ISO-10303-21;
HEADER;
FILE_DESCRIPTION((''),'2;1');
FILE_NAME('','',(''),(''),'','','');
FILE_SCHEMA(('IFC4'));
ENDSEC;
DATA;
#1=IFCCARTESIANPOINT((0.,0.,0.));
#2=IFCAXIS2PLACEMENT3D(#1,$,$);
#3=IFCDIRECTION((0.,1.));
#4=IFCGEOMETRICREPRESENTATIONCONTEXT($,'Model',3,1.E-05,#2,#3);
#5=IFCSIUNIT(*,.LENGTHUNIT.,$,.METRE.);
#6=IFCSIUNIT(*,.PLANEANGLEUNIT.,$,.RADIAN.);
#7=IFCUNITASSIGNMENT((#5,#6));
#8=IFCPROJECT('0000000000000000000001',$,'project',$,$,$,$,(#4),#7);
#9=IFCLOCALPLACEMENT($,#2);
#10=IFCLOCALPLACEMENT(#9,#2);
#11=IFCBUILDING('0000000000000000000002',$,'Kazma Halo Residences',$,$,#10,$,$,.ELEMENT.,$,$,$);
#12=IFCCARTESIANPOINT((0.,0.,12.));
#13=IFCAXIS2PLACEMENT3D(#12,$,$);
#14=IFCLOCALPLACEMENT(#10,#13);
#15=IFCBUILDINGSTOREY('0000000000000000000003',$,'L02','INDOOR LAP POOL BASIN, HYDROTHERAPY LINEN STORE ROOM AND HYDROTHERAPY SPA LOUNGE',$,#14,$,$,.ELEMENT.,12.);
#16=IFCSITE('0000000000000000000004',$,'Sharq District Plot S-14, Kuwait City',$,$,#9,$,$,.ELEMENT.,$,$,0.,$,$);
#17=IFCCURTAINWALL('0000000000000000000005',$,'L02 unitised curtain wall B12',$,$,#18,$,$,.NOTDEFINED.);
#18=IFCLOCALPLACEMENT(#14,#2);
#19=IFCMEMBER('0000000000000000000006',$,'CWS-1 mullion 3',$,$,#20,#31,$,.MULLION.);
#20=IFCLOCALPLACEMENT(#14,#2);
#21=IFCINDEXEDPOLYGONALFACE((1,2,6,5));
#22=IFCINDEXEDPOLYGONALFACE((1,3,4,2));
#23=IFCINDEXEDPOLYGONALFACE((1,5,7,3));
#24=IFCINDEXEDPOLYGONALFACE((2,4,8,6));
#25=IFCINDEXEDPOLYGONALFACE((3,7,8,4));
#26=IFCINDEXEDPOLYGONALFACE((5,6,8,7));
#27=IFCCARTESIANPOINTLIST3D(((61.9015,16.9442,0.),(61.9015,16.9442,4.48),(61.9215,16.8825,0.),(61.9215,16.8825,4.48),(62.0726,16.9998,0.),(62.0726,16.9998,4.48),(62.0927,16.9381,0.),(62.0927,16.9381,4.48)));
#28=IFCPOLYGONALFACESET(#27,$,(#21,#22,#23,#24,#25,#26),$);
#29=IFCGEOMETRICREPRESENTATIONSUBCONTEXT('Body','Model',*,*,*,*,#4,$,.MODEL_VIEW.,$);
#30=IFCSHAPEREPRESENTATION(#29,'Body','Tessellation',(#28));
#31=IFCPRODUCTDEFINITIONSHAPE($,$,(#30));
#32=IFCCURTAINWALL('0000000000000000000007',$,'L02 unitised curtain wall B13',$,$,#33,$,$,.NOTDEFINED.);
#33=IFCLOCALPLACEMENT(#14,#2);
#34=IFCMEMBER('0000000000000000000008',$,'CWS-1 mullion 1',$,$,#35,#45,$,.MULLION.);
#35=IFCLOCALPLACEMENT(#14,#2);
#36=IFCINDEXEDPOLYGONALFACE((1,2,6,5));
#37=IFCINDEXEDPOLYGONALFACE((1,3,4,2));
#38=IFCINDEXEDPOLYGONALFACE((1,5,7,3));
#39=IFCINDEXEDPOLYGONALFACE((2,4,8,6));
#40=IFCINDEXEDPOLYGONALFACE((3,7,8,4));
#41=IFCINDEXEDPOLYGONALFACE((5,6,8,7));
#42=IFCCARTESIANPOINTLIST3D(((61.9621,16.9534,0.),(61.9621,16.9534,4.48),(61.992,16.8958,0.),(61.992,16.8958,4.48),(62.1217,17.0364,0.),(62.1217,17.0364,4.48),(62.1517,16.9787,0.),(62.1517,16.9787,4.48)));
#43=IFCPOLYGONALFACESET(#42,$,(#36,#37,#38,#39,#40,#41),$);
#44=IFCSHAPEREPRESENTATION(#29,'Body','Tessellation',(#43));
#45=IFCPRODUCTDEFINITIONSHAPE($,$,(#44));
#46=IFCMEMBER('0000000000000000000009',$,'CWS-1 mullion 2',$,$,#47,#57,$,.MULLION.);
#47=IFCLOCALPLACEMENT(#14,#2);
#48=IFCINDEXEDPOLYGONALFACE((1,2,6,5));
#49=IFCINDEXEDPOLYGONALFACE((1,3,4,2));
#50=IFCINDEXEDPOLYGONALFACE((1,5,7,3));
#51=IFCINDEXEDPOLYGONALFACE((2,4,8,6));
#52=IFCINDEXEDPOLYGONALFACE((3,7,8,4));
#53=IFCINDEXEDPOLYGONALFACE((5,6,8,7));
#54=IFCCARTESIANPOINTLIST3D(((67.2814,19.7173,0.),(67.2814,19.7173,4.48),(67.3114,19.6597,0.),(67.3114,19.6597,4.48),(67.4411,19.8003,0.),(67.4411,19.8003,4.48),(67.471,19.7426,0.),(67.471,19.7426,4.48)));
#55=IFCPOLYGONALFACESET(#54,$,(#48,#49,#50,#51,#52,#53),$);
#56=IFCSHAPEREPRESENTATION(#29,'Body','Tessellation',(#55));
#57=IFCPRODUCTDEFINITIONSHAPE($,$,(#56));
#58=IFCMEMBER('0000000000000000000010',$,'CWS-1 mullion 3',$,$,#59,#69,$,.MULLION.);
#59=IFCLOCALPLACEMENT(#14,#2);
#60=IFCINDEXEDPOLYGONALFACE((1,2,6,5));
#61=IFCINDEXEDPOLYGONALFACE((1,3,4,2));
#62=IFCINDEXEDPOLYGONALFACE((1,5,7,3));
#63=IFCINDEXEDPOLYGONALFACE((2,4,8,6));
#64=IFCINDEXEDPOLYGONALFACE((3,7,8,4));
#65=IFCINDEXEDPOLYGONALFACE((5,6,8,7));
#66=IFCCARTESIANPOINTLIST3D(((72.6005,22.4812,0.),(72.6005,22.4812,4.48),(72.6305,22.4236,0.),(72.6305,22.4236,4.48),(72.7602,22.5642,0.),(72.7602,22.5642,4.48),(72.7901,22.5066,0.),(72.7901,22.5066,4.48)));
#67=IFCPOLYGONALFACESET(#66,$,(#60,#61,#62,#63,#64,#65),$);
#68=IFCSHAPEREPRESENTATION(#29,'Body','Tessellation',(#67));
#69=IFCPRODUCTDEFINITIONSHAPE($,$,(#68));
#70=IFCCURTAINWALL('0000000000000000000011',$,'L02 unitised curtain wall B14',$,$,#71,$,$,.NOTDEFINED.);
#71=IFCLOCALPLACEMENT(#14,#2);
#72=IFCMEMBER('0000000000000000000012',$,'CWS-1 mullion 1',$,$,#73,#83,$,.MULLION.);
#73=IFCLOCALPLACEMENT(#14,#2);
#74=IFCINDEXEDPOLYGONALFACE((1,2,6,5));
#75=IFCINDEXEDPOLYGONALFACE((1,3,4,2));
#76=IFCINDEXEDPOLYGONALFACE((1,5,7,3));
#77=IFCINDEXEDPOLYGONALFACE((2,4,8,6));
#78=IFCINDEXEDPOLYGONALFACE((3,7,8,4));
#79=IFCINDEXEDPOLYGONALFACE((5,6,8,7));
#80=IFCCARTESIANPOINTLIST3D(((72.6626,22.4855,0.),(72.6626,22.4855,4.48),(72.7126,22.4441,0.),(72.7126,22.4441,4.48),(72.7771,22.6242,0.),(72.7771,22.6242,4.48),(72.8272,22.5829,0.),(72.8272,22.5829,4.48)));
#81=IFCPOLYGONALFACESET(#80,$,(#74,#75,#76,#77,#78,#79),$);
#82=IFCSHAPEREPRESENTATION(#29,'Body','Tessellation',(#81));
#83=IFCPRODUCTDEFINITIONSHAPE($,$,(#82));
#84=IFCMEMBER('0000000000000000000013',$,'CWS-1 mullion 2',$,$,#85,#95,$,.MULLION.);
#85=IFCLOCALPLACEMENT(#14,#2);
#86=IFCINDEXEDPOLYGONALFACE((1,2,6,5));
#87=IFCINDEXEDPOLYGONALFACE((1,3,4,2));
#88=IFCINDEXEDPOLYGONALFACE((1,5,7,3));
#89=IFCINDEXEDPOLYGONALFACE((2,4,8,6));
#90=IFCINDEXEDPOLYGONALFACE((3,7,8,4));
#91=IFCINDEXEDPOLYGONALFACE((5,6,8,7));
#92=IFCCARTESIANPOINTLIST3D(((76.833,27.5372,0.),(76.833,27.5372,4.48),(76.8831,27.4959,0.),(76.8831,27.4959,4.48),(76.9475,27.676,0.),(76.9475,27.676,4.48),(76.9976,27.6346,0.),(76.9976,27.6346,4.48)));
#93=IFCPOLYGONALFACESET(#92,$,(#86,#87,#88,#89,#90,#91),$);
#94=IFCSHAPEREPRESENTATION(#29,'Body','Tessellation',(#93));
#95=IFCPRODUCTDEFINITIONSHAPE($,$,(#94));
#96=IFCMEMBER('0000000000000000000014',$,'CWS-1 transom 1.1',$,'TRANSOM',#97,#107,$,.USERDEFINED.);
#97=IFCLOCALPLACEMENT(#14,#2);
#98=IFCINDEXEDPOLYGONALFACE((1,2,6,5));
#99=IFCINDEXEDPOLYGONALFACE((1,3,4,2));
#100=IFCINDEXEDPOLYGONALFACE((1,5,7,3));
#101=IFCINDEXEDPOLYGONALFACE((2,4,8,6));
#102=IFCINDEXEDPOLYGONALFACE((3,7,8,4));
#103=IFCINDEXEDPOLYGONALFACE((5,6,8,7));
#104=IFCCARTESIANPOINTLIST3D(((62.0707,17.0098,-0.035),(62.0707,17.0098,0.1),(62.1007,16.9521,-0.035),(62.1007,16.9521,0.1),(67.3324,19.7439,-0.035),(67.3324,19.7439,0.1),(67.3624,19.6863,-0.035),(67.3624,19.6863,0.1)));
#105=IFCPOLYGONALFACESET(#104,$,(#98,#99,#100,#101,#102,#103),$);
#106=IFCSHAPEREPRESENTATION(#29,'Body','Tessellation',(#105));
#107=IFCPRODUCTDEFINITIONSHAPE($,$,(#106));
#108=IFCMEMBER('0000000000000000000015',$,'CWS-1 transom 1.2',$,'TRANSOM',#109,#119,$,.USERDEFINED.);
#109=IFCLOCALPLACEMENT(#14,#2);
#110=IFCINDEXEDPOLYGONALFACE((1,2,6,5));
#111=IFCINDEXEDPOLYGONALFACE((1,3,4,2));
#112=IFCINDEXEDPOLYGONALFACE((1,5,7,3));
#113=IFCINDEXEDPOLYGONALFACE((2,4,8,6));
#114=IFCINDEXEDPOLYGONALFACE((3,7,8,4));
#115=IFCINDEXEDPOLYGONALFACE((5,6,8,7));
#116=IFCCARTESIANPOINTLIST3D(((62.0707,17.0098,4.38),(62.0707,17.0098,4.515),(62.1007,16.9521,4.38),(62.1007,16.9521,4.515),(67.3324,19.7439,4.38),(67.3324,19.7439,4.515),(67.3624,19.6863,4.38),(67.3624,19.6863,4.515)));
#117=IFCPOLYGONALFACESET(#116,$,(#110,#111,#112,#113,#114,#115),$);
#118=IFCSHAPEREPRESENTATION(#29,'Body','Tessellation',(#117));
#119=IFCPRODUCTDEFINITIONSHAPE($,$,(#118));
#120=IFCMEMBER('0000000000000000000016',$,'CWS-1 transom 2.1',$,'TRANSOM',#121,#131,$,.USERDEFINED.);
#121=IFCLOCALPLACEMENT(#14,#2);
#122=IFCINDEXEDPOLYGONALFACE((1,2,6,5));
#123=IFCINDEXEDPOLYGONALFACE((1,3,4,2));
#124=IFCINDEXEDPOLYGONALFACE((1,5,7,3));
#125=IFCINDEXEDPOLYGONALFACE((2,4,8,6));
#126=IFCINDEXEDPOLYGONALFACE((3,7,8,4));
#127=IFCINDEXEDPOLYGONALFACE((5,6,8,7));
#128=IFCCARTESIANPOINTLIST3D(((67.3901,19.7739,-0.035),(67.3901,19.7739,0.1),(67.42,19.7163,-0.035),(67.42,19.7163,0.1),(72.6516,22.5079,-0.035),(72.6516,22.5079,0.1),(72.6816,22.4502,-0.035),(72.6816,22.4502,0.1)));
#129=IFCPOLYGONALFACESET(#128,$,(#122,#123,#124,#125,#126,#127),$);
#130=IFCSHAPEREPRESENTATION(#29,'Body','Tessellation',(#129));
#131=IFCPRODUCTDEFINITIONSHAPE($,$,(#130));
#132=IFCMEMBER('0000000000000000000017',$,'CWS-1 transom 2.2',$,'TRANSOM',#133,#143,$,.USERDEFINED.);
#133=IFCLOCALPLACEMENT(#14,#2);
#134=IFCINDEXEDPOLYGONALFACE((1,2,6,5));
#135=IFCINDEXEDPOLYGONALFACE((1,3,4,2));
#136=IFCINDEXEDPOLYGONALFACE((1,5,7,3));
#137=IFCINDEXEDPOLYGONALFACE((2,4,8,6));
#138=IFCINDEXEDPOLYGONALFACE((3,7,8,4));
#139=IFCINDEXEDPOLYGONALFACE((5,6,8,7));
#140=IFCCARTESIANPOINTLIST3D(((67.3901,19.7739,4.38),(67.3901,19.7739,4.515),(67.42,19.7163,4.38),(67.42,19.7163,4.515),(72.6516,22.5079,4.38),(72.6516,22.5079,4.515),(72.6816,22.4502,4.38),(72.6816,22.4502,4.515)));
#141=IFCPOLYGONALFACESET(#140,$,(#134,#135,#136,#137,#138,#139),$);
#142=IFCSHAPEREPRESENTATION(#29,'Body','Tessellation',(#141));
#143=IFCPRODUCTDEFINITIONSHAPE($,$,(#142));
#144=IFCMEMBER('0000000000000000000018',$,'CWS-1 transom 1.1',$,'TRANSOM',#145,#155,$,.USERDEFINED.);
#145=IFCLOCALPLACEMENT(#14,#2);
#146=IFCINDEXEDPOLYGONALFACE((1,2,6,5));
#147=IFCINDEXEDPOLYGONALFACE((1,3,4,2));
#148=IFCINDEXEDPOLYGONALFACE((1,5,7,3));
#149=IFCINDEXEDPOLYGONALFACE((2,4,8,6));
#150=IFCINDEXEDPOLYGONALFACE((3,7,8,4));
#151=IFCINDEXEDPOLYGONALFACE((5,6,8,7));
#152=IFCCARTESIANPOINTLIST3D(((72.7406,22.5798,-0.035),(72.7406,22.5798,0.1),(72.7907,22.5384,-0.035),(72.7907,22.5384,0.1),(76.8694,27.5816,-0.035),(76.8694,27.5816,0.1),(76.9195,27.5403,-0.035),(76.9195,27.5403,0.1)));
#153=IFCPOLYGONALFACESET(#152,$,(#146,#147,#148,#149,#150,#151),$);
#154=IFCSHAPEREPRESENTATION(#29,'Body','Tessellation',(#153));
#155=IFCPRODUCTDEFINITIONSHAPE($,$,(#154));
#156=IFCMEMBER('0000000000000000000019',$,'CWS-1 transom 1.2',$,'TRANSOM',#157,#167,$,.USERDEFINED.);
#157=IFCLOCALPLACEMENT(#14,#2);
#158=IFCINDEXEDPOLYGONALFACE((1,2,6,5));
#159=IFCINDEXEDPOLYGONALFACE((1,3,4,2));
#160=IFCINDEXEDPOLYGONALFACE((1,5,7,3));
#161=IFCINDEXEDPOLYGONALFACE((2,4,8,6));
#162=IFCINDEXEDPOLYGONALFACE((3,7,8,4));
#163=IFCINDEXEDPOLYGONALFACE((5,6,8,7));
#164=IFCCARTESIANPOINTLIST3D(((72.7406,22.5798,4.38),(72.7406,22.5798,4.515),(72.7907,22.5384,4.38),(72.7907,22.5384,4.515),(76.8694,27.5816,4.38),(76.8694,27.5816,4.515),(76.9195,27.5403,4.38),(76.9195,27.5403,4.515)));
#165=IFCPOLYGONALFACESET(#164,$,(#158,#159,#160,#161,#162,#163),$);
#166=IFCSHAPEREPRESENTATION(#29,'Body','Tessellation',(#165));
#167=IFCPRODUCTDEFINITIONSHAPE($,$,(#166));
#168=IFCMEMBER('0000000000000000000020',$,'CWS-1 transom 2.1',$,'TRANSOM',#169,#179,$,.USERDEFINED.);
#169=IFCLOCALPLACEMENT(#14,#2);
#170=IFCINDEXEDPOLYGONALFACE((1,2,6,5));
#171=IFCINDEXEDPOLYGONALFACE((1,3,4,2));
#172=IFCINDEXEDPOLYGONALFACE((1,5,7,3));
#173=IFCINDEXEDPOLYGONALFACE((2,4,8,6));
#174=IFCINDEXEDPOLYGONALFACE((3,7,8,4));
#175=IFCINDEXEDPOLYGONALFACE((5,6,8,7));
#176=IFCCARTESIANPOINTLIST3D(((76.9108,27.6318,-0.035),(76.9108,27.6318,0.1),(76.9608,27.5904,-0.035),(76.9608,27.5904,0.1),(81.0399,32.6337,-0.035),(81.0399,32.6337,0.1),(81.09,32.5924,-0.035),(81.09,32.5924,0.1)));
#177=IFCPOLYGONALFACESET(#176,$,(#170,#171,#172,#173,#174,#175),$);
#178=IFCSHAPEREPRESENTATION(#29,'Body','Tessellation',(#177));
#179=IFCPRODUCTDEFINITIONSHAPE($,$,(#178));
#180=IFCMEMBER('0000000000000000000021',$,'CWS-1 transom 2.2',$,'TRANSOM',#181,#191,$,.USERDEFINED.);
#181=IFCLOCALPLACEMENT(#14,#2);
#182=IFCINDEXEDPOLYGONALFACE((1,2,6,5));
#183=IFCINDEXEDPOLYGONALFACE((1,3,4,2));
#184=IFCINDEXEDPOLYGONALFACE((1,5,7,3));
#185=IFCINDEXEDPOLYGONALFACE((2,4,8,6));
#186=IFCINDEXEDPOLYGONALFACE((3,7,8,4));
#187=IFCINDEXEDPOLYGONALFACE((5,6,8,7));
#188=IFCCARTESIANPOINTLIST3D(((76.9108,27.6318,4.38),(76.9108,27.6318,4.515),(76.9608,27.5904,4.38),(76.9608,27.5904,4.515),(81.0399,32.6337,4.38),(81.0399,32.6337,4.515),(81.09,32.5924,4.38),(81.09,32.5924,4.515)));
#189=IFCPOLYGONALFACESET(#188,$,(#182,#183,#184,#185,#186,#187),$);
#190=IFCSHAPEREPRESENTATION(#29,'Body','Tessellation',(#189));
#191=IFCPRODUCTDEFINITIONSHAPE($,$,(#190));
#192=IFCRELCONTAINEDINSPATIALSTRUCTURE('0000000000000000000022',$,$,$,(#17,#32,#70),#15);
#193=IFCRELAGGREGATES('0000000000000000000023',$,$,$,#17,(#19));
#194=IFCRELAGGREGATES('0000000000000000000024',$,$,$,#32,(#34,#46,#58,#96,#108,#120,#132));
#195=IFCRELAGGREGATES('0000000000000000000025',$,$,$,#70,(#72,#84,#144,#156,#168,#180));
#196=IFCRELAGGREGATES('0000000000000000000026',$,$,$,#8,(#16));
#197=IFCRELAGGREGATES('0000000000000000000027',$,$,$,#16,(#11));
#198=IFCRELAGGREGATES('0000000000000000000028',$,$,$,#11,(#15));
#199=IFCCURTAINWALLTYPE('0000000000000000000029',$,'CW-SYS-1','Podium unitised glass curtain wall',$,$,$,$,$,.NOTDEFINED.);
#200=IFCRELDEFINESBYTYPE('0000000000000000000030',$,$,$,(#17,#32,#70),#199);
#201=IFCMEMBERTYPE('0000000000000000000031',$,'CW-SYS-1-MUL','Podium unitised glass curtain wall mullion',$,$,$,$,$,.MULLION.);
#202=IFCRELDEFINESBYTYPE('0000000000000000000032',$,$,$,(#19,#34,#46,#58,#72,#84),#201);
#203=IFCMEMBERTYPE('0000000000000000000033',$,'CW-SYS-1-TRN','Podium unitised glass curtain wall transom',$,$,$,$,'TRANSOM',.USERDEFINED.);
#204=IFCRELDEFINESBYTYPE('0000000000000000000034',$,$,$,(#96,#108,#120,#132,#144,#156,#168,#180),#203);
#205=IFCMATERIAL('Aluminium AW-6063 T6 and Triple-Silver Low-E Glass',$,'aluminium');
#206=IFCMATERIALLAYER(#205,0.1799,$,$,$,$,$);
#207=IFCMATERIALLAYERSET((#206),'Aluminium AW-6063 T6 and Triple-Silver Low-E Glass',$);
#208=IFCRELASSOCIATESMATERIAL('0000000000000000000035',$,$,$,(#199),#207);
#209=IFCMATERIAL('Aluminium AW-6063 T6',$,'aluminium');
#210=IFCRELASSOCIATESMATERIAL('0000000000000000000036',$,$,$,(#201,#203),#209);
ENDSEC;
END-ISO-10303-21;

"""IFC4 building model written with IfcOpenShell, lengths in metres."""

from ifc_helpers import new_model, si_unit, direction, frame, origin, origin_2d, place, context, subcontext, project, spatial, rectangle, extrude, material, layer, layer_set, material_profile, profile_set, type_object, element, aggregate, save


model = new_model("IFC4")

# Units and contexts
model_context = context("Model", 3, precision=1e-05, world=origin(), true_north=direction((0.0, 1.0)))
body_context = subcontext(model_context, "Body", "Model", "MODEL_VIEW")
ifc_project = project(units=[si_unit("LENGTHUNIT", "METRE"), si_unit("PLANEANGLEUNIT", "RADIAN")], contexts=[model_context])

# Site, building, storey
site_placement = place(None, origin())
site = spatial("IfcSite", under=ifc_project, at=site_placement, Name="Sharq District Plot S-14, Kuwait City", CompositionType="ELEMENT", RefElevation=0.0)
building_placement = place(site_placement, origin())
building = spatial("IfcBuilding", under=site, at=building_placement, Name="Kazma Halo Residences", CompositionType="ELEMENT")
storey_placement = place(building_placement, frame((0.0, 0.0, 12.0)))
storey = spatial("IfcBuildingStorey", under=building, at=storey_placement, Name="L02", Description="INDOOR LAP POOL BASIN, HYDROTHERAPY LINEN STORE ROOM AND HYDROTHERAPY SPA LOUNGE", CompositionType="ELEMENT", Elevation=12.0)

# Curtain wall, member
ifc_material_1 = material(Name="Aluminium AW-6063 T6 and Triple-Silver Low-E Glass", Category="aluminium")
ifc_layer_1 = layer(ifc_material_1, 0.1799)
ifc_layer_set_1 = layer_set([ifc_layer_1], Name="Aluminium AW-6063 T6 and Triple-Silver Low-E Glass")
curtain_wall_type = type_object("IfcCurtainWallType", Name="CW-SYS-1", Description="Podium unitised glass curtain wall", PredefinedType="NOTDEFINED", material=ifc_layer_set_1)
curtain_wall_1_placement = place(storey_placement, origin())
curtain_wall_1 = element("IfcCurtainWall", 1, at=curtain_wall_1_placement, inside=storey, type_object=curtain_wall_type, Name="L02 unitised curtain wall B12", PredefinedType="NOTDEFINED")
ifc_material_2 = material(Name="Aluminium AW-6063 T6", Category="aluminium")
ifc_material_profile_1 = material_profile(ifc_material_2, rectangle(XDim=0.0649, YDim=0.1799, at=origin_2d()), Name="CWM-65x180")
ifc_profile_set_1 = profile_set([ifc_material_profile_1], Name="Aluminium AW-6063 T6")
member_type_1 = type_object("IfcMemberType", Name="CW-SYS-1-MUL", Description="Podium unitised glass curtain wall mullion", PredefinedType="MULLION", material=ifc_profile_set_1)
member_1_placement = place(storey_placement, frame((61.9971, 16.9412, 0.0), z_axis=(0.0, 0.0, 1.0), x_axis=(-0.309017, 0.951056, 0.0)))
member_1 = element("IfcMember", 2, at=member_1_placement, type_object=member_type_1, Name="CWS-1 mullion 3", PredefinedType="MULLION", context=body_context, shape_type="SweptSolid", body=[
    extrude(rectangle(XDim=0.0649, YDim=0.1799, at=origin_2d()), origin(), (0.0, 0.0, 1.0), 4.48),
])
aggregate(curtain_wall_1, [member_1])

# Curtain walls, members
curtain_wall_2_placement = place(storey_placement, origin())
curtain_wall_2 = element("IfcCurtainWall", 3, at=curtain_wall_2_placement, inside=storey, type_object=curtain_wall_type, Name="L02 unitised curtain wall B13", PredefinedType="NOTDEFINED")
member_2_placement = place(storey_placement, frame((62.0569, 16.9661, 0.0), z_axis=(0.0, 0.0, 1.0), x_axis=(-0.461087, 0.887355, 0.0)))
member_2 = element("IfcMember", 4, at=member_2_placement, type_object=member_type_1, Name="CWS-1 mullion 1", PredefinedType="MULLION", context=body_context, shape_type="SweptSolid", body=[
    extrude(rectangle(XDim=0.0649, YDim=0.1799, at=origin_2d()), origin(), (0.0, 0.0, 1.0), 4.48),
])
member_3_placement = place(storey_placement, frame((67.3762, 19.73, 0.0), z_axis=(0.0, 0.0, 1.0), x_axis=(-0.461087, 0.887355, 0.0)))
member_3 = element("IfcMember", 5, at=member_3_placement, type_object=member_type_1, Name="CWS-1 mullion 2", PredefinedType="MULLION", context=body_context, shape_type="SweptSolid", body=[
    extrude(rectangle(XDim=0.0649, YDim=0.1799, at=origin_2d()), origin(), (0.0, 0.0, 1.0), 4.48),
])
member_4_placement = place(storey_placement, frame((72.6953, 22.4939, 0.0), z_axis=(0.0, 0.0, 1.0), x_axis=(-0.461087, 0.887355, 0.0)))
member_4 = element("IfcMember", 6, at=member_4_placement, type_object=member_type_1, Name="CWS-1 mullion 3", PredefinedType="MULLION", context=body_context, shape_type="SweptSolid", body=[
    extrude(rectangle(XDim=0.0649, YDim=0.1799, at=origin_2d()), origin(), (0.0, 0.0, 1.0), 4.48),
])
curtain_wall_3_placement = place(storey_placement, origin())
curtain_wall_3 = element("IfcCurtainWall", 7, at=curtain_wall_3_placement, inside=storey, type_object=curtain_wall_type, Name="L02 unitised curtain wall B14", PredefinedType="NOTDEFINED")
member_5_placement = place(storey_placement, frame((72.7449, 22.5342, 0.0), z_axis=(0.0, 0.0, 1.0), x_axis=(-0.771192, 0.636603, 0.0)))
member_5 = element("IfcMember", 8, at=member_5_placement, type_object=member_type_1, Name="CWS-1 mullion 1", PredefinedType="MULLION", context=body_context, shape_type="SweptSolid", body=[
    extrude(rectangle(XDim=0.0649, YDim=0.1799, at=origin_2d()), origin(), (0.0, 0.0, 1.0), 4.48),
])
member_6_placement = place(storey_placement, frame((76.9153, 27.5859, 0.0), z_axis=(0.0, 0.0, 1.0), x_axis=(-0.771192, 0.636603, 0.0)))
member_6 = element("IfcMember", 9, at=member_6_placement, type_object=member_type_1, Name="CWS-1 mullion 2", PredefinedType="MULLION", context=body_context, shape_type="SweptSolid", body=[
    extrude(rectangle(XDim=0.0649, YDim=0.1799, at=origin_2d()), origin(), (0.0, 0.0, 1.0), 4.48),
])

# Members
ifc_material_profile_2 = material_profile(ifc_material_2, rectangle(XDim=0.0649, YDim=0.135, at=origin_2d()), Name="CWT-65x135")
ifc_profile_set_2 = profile_set([ifc_material_profile_2], Name="Aluminium AW-6063 T6")
member_type_2 = type_object("IfcMemberType", Name="CW-SYS-1-TRN", Description="Podium unitised glass curtain wall transom", ElementType="TRANSOM", PredefinedType="USERDEFINED", material=ifc_profile_set_2)
member_7_placement = place(storey_placement, frame((62.0857, 16.981, 0.0325), z_axis=(0.887352, 0.461092, 0.0), x_axis=(-0.461092, 0.887352, 0.0)))
member_7 = element("IfcMember", 10, at=member_7_placement, type_object=member_type_2, Name="CWS-1 transom 1.1", ObjectType="TRANSOM", PredefinedType="USERDEFINED", context=body_context, shape_type="SweptSolid", body=[
    extrude(rectangle(XDim=0.0649, YDim=0.135, at=origin_2d()), origin(), (0.0, 0.0, 1.0), 5.9297),
])
member_8_placement = place(storey_placement, frame((62.0857, 16.981, 4.4475), z_axis=(0.887352, 0.461092, 0.0), x_axis=(-0.461092, 0.887352, 0.0)))
member_8 = element("IfcMember", 11, at=member_8_placement, type_object=member_type_2, Name="CWS-1 transom 1.2", ObjectType="TRANSOM", PredefinedType="USERDEFINED", context=body_context, shape_type="SweptSolid", body=[
    extrude(rectangle(XDim=0.0649, YDim=0.135, at=origin_2d()), origin(), (0.0, 0.0, 1.0), 5.9297),
])
member_9_placement = place(storey_placement, frame((67.405, 19.7451, 0.0325), z_axis=(0.88736, 0.461077, 0.0), x_axis=(-0.461077, 0.88736, 0.0)))
member_9 = element("IfcMember", 12, at=member_9_placement, type_object=member_type_2, Name="CWS-1 transom 2.1", ObjectType="TRANSOM", PredefinedType="USERDEFINED", context=body_context, shape_type="SweptSolid", body=[
    extrude(rectangle(XDim=0.0649, YDim=0.135, at=origin_2d()), origin(), (0.0, 0.0, 1.0), 5.9294),
])
member_10_placement = place(storey_placement, frame((67.405, 19.7451, 4.4475), z_axis=(0.88736, 0.461077, 0.0), x_axis=(-0.461077, 0.88736, 0.0)))
member_10 = element("IfcMember", 13, at=member_10_placement, type_object=member_type_2, Name="CWS-1 transom 2.2", ObjectType="TRANSOM", PredefinedType="USERDEFINED", context=body_context, shape_type="SweptSolid", body=[
    extrude(rectangle(XDim=0.0649, YDim=0.135, at=origin_2d()), origin(), (0.0, 0.0, 1.0), 5.9294),
])
member_11_placement = place(storey_placement, frame((72.7656, 22.5591, 0.0325), z_axis=(0.636593, 0.7712, 0.0), x_axis=(-0.7712, 0.636593, 0.0)))
member_11 = element("IfcMember", 14, at=member_11_placement, type_object=member_type_2, Name="CWS-1 transom 1.1", ObjectType="TRANSOM", PredefinedType="USERDEFINED", context=body_context, shape_type="SweptSolid", body=[
    extrude(rectangle(XDim=0.0649, YDim=0.135, at=origin_2d()), origin(), (0.0, 0.0, 1.0), 6.4858),
])
member_12_placement = place(storey_placement, frame((72.7656, 22.5591, 4.4475), z_axis=(0.636593, 0.7712, 0.0), x_axis=(-0.7712, 0.636593, 0.0)))
member_12 = element("IfcMember", 15, at=member_12_placement, type_object=member_type_2, Name="CWS-1 transom 1.2", ObjectType="TRANSOM", PredefinedType="USERDEFINED", context=body_context, shape_type="SweptSolid", body=[
    extrude(rectangle(XDim=0.0649, YDim=0.135, at=origin_2d()), origin(), (0.0, 0.0, 1.0), 6.4858),
])
member_13_placement = place(storey_placement, frame((76.9358, 27.6111, 0.0325), z_axis=(0.636616, 0.771181, 0.0), x_axis=(-0.771181, 0.636616, 0.0)))
member_13 = element("IfcMember", 16, at=member_13_placement, type_object=member_type_2, Name="CWS-1 transom 2.1", ObjectType="TRANSOM", PredefinedType="USERDEFINED", context=body_context, shape_type="SweptSolid", body=[
    extrude(rectangle(XDim=0.0649, YDim=0.135, at=origin_2d()), origin(), (0.0, 0.0, 1.0), 6.4861),
])
member_14_placement = place(storey_placement, frame((76.9358, 27.6111, 4.4475), z_axis=(0.636616, 0.771181, 0.0), x_axis=(-0.771181, 0.636616, 0.0)))
member_14 = element("IfcMember", 17, at=member_14_placement, type_object=member_type_2, Name="CWS-1 transom 2.2", ObjectType="TRANSOM", PredefinedType="USERDEFINED", context=body_context, shape_type="SweptSolid", body=[
    extrude(rectangle(XDim=0.0649, YDim=0.135, at=origin_2d()), origin(), (0.0, 0.0, 1.0), 6.4861),
])

aggregate(curtain_wall_2, [member_2, member_3, member_4, member_7, member_8, member_9, member_10])
aggregate(curtain_wall_3, [member_5, member_6, member_11, member_12, member_13, member_14])

save(model, "model.ifc")
